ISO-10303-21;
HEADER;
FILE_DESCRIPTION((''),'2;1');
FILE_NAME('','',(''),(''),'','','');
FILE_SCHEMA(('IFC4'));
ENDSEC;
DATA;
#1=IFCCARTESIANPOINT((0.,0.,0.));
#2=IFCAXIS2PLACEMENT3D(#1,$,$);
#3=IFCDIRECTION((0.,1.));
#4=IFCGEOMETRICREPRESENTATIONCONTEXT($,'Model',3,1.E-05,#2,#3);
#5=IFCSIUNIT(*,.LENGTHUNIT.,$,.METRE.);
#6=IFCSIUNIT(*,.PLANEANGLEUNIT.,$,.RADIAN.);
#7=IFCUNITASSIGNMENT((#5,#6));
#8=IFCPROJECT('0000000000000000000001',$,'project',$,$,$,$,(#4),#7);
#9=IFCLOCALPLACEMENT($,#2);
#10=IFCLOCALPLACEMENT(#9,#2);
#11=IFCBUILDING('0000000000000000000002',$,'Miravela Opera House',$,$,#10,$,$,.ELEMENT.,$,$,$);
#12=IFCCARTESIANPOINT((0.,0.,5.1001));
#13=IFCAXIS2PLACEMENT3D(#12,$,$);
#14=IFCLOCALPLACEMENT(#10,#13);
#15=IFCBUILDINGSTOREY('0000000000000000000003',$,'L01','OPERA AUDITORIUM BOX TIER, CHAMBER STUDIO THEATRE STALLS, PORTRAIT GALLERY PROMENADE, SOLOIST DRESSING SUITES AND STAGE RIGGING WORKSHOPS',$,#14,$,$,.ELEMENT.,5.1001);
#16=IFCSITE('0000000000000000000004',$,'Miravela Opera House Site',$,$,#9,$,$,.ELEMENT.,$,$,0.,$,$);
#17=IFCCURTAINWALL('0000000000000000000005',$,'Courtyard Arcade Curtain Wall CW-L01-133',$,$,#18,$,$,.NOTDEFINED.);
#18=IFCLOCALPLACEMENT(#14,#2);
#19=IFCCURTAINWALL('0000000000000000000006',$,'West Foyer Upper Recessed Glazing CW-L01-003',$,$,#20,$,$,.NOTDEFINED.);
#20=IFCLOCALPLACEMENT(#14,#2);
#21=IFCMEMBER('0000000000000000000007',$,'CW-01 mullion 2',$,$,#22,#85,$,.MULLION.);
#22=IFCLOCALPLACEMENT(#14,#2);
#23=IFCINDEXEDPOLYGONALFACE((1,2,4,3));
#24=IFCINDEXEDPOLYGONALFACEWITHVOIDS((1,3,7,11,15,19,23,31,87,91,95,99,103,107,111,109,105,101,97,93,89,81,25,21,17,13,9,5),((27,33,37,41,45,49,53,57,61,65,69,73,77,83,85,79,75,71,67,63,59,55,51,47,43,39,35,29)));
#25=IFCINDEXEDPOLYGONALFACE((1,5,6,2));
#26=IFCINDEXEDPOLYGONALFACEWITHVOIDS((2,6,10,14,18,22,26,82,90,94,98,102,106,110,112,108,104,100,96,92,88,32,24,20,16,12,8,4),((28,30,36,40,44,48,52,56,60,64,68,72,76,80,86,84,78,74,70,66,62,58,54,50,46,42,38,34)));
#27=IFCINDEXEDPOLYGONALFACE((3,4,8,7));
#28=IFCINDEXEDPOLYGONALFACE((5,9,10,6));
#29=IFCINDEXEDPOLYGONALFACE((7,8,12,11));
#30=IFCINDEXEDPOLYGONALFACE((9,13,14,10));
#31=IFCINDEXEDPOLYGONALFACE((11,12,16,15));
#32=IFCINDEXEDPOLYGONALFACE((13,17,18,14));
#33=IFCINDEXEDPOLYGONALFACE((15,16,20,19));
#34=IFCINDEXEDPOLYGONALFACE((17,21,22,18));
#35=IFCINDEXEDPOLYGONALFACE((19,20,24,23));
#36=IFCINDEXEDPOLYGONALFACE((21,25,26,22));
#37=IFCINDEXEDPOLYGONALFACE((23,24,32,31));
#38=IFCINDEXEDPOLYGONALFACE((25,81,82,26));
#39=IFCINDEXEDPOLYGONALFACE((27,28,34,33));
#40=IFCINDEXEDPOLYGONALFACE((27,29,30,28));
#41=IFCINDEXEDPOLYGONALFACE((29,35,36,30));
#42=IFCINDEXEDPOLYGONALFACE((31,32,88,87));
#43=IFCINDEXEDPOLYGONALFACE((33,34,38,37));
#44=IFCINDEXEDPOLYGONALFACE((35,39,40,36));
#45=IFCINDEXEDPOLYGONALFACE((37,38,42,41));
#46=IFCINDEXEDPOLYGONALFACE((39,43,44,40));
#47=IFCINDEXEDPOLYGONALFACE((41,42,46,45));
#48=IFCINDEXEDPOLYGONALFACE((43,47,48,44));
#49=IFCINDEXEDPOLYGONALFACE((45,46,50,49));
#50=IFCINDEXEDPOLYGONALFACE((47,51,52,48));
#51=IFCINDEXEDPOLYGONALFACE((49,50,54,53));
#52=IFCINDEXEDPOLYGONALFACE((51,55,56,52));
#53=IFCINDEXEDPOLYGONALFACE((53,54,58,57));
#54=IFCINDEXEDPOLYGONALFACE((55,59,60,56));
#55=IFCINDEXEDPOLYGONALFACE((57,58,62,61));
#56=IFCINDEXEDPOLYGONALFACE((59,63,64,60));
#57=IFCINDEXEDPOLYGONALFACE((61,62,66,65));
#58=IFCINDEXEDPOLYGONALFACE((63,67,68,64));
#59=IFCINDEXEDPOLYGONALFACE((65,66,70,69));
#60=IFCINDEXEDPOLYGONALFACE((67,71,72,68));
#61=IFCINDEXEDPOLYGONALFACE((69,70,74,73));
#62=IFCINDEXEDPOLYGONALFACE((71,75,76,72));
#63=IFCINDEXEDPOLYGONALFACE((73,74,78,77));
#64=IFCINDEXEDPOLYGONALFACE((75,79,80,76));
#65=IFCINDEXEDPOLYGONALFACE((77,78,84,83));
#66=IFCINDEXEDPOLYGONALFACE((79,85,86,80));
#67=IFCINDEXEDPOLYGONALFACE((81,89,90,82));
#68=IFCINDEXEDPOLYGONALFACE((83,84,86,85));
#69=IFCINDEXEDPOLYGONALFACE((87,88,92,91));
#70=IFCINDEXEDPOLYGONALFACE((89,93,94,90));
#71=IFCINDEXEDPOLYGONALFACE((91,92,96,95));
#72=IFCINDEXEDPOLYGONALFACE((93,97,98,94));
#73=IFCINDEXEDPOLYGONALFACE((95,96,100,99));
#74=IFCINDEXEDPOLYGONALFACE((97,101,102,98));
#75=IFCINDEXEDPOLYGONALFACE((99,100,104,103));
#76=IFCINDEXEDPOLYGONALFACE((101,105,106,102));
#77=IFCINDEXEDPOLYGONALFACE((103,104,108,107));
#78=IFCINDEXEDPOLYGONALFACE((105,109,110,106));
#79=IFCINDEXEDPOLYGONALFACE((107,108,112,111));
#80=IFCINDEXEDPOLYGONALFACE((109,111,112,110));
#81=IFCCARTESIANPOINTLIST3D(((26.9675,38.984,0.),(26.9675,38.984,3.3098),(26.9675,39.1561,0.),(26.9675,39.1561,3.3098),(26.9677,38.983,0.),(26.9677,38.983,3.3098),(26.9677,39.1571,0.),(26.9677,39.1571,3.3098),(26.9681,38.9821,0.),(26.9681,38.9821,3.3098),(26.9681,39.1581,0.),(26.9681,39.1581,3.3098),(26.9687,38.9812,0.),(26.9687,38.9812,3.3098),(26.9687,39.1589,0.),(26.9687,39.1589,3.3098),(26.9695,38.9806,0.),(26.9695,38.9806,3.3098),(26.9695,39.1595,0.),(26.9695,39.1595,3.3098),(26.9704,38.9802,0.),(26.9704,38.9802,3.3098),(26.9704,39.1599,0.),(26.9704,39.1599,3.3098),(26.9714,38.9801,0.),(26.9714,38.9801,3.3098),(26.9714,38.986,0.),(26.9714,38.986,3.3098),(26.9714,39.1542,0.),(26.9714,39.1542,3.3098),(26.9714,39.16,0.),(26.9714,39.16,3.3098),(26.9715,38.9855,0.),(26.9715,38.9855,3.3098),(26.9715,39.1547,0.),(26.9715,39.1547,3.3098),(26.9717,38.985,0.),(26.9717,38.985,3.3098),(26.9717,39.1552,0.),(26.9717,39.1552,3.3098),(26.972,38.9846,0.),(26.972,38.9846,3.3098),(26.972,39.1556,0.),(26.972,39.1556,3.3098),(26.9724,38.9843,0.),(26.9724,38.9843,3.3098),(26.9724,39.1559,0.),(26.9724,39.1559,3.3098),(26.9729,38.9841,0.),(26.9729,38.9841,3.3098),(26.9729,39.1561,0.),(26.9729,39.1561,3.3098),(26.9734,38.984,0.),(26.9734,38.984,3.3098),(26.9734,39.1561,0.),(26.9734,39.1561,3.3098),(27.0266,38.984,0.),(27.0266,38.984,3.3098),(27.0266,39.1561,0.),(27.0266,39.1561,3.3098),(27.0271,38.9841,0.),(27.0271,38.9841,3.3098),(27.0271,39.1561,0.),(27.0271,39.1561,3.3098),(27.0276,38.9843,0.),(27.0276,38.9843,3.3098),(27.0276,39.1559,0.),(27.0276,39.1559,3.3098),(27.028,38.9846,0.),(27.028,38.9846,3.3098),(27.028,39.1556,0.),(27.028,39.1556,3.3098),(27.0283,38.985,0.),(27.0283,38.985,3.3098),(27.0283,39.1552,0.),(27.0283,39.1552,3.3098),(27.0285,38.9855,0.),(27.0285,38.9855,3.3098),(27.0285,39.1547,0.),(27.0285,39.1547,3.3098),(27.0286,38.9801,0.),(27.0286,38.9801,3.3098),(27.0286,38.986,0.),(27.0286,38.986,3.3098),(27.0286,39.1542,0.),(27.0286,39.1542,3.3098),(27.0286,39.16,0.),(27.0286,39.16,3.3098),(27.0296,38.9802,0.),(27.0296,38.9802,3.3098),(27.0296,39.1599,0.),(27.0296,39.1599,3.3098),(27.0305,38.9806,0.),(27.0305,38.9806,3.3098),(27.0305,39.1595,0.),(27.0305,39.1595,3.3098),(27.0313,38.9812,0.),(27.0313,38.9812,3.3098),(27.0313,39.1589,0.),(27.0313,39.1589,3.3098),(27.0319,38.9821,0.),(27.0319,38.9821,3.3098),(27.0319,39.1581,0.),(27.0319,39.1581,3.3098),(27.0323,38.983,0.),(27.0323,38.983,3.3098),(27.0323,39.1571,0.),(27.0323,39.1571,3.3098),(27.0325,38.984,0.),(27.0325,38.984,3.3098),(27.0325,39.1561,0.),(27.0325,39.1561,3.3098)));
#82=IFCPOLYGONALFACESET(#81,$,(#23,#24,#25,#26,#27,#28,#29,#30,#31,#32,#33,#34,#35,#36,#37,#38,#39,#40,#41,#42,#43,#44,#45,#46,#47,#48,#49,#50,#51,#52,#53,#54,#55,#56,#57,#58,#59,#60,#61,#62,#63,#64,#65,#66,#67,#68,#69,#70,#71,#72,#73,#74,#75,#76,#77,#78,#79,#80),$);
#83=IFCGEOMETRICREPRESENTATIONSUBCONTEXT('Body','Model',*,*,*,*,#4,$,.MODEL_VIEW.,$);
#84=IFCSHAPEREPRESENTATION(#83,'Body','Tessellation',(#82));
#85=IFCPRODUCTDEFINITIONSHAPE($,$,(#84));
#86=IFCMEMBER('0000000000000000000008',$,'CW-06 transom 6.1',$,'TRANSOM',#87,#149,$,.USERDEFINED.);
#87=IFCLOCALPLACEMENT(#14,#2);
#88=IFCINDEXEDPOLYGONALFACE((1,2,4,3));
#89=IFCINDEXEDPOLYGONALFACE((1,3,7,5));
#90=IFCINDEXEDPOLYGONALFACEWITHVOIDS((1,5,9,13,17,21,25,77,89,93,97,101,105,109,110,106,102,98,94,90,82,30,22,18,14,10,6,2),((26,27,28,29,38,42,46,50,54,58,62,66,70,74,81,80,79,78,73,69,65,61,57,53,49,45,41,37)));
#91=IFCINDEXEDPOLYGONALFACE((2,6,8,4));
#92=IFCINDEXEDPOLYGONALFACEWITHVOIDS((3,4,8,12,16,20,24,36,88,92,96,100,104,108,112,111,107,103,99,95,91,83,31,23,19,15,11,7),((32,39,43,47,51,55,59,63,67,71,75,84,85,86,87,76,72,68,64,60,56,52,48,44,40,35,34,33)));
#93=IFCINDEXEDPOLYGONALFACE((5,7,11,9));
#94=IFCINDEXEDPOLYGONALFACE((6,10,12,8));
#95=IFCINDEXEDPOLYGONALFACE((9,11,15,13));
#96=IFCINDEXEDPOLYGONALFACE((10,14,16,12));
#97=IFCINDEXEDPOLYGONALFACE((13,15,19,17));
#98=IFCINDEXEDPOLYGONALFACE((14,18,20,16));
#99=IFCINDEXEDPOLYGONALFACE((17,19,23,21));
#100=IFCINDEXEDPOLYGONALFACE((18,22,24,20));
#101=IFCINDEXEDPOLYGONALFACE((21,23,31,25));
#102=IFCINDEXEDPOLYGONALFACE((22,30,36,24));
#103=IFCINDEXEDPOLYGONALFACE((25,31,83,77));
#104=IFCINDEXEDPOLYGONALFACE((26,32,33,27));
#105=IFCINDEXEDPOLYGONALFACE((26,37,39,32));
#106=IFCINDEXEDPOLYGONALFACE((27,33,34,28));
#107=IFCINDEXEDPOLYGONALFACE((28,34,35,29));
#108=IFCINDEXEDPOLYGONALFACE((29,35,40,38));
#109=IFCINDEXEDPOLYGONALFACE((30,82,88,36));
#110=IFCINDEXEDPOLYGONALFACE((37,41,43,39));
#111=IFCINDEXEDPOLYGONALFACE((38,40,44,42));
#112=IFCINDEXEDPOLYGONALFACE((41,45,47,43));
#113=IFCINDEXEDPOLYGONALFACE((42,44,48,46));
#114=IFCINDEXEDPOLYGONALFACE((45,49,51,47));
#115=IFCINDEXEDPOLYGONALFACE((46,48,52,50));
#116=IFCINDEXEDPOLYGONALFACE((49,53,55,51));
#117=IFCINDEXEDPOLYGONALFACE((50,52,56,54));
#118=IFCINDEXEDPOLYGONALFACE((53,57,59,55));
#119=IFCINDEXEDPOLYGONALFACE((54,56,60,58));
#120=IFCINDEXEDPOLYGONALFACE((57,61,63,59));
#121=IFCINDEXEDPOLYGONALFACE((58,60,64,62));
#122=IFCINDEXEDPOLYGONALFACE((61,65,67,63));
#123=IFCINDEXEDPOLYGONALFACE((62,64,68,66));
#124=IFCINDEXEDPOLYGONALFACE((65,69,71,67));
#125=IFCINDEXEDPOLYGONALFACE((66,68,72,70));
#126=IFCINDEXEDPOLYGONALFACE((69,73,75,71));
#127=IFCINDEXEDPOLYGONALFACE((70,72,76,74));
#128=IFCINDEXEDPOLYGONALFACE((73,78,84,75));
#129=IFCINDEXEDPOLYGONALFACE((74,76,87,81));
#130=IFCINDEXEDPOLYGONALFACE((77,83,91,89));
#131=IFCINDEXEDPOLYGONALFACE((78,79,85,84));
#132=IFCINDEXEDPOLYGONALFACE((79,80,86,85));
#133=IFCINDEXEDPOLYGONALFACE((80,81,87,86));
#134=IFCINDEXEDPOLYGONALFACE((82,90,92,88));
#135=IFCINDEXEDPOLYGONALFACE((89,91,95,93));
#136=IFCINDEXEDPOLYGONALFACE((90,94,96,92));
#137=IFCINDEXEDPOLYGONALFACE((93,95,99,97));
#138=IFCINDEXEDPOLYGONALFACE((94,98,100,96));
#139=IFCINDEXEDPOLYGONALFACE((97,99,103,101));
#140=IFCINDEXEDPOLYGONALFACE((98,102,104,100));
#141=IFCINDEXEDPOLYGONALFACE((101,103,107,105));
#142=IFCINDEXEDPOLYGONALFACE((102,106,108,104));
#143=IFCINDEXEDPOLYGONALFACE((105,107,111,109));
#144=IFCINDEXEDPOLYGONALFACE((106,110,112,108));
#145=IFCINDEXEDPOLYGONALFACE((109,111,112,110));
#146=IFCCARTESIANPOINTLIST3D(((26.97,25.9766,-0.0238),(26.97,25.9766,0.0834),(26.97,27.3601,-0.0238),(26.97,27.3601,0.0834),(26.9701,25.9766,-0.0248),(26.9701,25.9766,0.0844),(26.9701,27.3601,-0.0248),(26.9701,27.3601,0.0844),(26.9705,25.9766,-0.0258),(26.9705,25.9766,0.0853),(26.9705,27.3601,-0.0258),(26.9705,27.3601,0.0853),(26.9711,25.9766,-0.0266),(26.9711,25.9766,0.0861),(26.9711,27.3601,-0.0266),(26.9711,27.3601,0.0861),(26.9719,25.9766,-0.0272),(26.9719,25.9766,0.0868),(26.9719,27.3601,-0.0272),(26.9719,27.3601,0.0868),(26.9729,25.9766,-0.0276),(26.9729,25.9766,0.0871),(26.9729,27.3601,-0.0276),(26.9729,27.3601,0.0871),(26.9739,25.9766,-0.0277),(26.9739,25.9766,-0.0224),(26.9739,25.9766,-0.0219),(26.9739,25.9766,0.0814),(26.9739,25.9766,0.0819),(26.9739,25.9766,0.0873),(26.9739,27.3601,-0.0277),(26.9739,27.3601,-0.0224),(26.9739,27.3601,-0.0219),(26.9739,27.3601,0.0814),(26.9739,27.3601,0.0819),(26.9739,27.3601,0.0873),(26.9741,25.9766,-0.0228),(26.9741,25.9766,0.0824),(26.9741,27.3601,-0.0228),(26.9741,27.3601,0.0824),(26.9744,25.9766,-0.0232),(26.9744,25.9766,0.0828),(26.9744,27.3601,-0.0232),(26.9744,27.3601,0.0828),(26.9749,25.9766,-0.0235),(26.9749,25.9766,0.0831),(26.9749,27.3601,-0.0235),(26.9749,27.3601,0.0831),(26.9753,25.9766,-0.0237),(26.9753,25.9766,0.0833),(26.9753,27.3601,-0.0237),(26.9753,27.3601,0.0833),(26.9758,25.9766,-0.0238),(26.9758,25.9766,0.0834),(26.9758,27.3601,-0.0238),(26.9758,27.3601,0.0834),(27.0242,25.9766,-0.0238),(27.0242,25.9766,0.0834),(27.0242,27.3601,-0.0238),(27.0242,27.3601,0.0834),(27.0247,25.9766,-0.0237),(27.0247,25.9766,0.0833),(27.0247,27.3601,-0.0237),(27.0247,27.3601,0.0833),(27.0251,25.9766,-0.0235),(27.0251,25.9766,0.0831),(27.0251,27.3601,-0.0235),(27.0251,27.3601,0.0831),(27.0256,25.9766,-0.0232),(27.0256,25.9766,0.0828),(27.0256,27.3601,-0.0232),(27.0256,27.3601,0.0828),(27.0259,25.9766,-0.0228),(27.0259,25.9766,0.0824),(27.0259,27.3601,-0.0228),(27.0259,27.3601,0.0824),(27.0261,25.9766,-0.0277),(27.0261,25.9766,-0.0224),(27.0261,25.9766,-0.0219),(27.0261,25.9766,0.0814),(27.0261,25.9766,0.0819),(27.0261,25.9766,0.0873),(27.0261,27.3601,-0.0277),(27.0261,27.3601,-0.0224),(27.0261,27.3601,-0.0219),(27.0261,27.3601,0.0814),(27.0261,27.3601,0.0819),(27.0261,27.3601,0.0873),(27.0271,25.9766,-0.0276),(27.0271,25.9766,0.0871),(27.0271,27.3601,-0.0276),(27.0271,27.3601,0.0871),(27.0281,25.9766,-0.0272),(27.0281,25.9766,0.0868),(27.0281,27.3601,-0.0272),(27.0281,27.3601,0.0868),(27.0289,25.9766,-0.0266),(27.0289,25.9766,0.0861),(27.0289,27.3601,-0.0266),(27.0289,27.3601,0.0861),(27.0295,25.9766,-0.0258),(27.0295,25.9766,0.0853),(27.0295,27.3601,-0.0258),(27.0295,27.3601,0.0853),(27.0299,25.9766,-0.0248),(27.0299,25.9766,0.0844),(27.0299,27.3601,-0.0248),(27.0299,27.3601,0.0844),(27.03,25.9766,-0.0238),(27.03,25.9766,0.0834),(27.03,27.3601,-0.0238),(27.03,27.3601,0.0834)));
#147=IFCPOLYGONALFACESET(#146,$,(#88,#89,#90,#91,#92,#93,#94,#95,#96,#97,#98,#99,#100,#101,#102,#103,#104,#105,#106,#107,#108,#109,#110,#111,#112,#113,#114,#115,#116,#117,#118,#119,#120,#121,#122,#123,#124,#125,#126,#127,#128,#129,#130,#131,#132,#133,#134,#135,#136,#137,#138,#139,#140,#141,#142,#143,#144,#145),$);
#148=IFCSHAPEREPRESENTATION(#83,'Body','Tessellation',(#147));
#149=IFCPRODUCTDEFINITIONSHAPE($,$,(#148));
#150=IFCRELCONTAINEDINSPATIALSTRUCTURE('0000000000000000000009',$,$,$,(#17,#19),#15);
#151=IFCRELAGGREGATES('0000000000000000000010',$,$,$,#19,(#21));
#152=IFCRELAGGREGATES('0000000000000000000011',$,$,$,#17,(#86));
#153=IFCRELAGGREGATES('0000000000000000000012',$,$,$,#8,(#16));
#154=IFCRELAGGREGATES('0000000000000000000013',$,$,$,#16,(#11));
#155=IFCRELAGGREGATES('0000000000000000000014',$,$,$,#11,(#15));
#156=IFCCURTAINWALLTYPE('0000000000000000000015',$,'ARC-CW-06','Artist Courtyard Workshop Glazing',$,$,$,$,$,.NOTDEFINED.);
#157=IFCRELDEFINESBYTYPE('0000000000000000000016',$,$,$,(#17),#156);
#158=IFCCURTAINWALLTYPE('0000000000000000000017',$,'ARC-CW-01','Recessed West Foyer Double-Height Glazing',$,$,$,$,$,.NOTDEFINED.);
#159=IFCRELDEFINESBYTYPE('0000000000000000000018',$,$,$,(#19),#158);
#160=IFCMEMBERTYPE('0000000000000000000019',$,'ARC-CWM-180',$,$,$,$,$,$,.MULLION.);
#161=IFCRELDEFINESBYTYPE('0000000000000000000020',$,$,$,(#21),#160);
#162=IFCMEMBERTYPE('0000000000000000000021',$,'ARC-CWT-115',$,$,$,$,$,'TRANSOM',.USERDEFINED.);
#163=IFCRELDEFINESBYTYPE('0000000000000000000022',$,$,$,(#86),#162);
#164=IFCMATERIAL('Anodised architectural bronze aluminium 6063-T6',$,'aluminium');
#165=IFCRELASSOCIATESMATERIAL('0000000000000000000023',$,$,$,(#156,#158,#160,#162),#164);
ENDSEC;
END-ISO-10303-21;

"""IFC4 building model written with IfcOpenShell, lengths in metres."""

from ifc_helpers import new_model, si_unit, direction, frame, origin, origin_2d, place, context, subcontext, project, spatial, hollow_rectangle, extrude, material, material_profile, profile_set, type_object, element, aggregate, save


model = new_model("IFC4")

# Units and contexts
model_context = context("Model", 3, precision=1e-05, world=origin(), true_north=direction((0.0, 1.0)))
body_context = subcontext(model_context, "Body", "Model", "MODEL_VIEW")
ifc_project = project(units=[si_unit("LENGTHUNIT", "METRE"), si_unit("PLANEANGLEUNIT", "RADIAN")], contexts=[model_context])

# Site, building, storey
site_placement = place(None, origin())
site = spatial("IfcSite", under=ifc_project, at=site_placement, Name="Miravela Opera House Site", CompositionType="ELEMENT", RefElevation=0.0)
building_placement = place(site_placement, origin())
building = spatial("IfcBuilding", under=site, at=building_placement, Name="Miravela Opera House", CompositionType="ELEMENT")
storey_placement = place(building_placement, frame((0.0, 0.0, 5.1001)))
storey = spatial("IfcBuildingStorey", under=building, at=storey_placement, Name="L01", Description="OPERA AUDITORIUM BOX TIER, CHAMBER STUDIO THEATRE STALLS, PORTRAIT GALLERY PROMENADE, SOLOIST DRESSING SUITES AND STAGE RIGGING WORKSHOPS", CompositionType="ELEMENT", Elevation=5.1001)

# Curtain wall
ifc_material_1 = material(Name="Anodised architectural bronze aluminium 6063-T6", Category="aluminium")
curtain_wall_type_1 = type_object("IfcCurtainWallType", Name="ARC-CW-06", Description="Artist Courtyard Workshop Glazing", PredefinedType="NOTDEFINED", material=ifc_material_1)
curtain_wall_1_placement = place(storey_placement, origin())
curtain_wall_1 = element("IfcCurtainWall", 1, at=curtain_wall_1_placement, inside=storey, type_object=curtain_wall_type_1, Name="Courtyard Arcade Curtain Wall CW-L01-133", PredefinedType="NOTDEFINED")

# Curtain wall, member
curtain_wall_type_2 = type_object("IfcCurtainWallType", Name="ARC-CW-01", Description="Recessed West Foyer Double-Height Glazing", PredefinedType="NOTDEFINED", material=ifc_material_1)
curtain_wall_2_placement = place(storey_placement, origin())
curtain_wall_2 = element("IfcCurtainWall", 2, at=curtain_wall_2_placement, inside=storey, type_object=curtain_wall_type_2, Name="West Foyer Upper Recessed Glazing CW-L01-003", PredefinedType="NOTDEFINED")
ifc_material_profile_1 = material_profile(ifc_material_1, hollow_rectangle(XDim=0.0649, YDim=0.1799, WallThickness=0.0039, InnerFilletRadius=0.002, OuterFilletRadius=0.0039, at=origin_2d()), Name="CWM-65X180")
ifc_profile_set_1 = profile_set([ifc_material_profile_1])
member_type_1 = type_object("IfcMemberType", Name="ARC-CWM-180", PredefinedType="MULLION", material=ifc_profile_set_1)
member_1_placement = place(storey_placement, frame((27.0, 39.0701, 0.0), z_axis=(0.0, 0.0, 1.0), x_axis=(-1.0, 0.0, 0.0)))
member_1 = element("IfcMember", 3, at=member_1_placement, type_object=member_type_1, Name="CW-01 mullion 2", PredefinedType="MULLION", context=body_context, shape_type="SweptSolid", body=[
    extrude(hollow_rectangle(XDim=0.0649, YDim=0.1799, WallThickness=0.0039, InnerFilletRadius=0.002, OuterFilletRadius=0.0039, at=origin_2d()), origin(), (0.0, 0.0, 1.0), 3.3098),
])

# Member
ifc_material_profile_2 = material_profile(ifc_material_1, hollow_rectangle(XDim=0.0601, YDim=0.115, WallThickness=0.0039, InnerFilletRadius=0.002, OuterFilletRadius=0.0039, at=origin_2d()), Name="CWT-60X115")
ifc_profile_set_2 = profile_set([ifc_material_profile_2])
member_type_2 = type_object("IfcMemberType", Name="ARC-CWT-115", ElementType="TRANSOM", PredefinedType="USERDEFINED", material=ifc_profile_set_2)
member_2_placement = place(storey_placement, frame((27.0, 25.9766, 0.0298), z_axis=(0.0, 1.0, 0.0), x_axis=(-1.0, 0.0, 0.0)))
member_2 = element("IfcMember", 4, at=member_2_placement, type_object=member_type_2, Name="CW-06 transom 6.1", ObjectType="TRANSOM", PredefinedType="USERDEFINED", context=body_context, shape_type="SweptSolid", body=[
    extrude(hollow_rectangle(XDim=0.0601, YDim=0.115, WallThickness=0.0039, InnerFilletRadius=0.002, OuterFilletRadius=0.0039, at=origin_2d()), origin(), (0.0, 0.0, 1.0), 1.3835),
])

aggregate(curtain_wall_2, [member_1])
aggregate(curtain_wall_1, [member_2])

save(model, "model.ifc")
